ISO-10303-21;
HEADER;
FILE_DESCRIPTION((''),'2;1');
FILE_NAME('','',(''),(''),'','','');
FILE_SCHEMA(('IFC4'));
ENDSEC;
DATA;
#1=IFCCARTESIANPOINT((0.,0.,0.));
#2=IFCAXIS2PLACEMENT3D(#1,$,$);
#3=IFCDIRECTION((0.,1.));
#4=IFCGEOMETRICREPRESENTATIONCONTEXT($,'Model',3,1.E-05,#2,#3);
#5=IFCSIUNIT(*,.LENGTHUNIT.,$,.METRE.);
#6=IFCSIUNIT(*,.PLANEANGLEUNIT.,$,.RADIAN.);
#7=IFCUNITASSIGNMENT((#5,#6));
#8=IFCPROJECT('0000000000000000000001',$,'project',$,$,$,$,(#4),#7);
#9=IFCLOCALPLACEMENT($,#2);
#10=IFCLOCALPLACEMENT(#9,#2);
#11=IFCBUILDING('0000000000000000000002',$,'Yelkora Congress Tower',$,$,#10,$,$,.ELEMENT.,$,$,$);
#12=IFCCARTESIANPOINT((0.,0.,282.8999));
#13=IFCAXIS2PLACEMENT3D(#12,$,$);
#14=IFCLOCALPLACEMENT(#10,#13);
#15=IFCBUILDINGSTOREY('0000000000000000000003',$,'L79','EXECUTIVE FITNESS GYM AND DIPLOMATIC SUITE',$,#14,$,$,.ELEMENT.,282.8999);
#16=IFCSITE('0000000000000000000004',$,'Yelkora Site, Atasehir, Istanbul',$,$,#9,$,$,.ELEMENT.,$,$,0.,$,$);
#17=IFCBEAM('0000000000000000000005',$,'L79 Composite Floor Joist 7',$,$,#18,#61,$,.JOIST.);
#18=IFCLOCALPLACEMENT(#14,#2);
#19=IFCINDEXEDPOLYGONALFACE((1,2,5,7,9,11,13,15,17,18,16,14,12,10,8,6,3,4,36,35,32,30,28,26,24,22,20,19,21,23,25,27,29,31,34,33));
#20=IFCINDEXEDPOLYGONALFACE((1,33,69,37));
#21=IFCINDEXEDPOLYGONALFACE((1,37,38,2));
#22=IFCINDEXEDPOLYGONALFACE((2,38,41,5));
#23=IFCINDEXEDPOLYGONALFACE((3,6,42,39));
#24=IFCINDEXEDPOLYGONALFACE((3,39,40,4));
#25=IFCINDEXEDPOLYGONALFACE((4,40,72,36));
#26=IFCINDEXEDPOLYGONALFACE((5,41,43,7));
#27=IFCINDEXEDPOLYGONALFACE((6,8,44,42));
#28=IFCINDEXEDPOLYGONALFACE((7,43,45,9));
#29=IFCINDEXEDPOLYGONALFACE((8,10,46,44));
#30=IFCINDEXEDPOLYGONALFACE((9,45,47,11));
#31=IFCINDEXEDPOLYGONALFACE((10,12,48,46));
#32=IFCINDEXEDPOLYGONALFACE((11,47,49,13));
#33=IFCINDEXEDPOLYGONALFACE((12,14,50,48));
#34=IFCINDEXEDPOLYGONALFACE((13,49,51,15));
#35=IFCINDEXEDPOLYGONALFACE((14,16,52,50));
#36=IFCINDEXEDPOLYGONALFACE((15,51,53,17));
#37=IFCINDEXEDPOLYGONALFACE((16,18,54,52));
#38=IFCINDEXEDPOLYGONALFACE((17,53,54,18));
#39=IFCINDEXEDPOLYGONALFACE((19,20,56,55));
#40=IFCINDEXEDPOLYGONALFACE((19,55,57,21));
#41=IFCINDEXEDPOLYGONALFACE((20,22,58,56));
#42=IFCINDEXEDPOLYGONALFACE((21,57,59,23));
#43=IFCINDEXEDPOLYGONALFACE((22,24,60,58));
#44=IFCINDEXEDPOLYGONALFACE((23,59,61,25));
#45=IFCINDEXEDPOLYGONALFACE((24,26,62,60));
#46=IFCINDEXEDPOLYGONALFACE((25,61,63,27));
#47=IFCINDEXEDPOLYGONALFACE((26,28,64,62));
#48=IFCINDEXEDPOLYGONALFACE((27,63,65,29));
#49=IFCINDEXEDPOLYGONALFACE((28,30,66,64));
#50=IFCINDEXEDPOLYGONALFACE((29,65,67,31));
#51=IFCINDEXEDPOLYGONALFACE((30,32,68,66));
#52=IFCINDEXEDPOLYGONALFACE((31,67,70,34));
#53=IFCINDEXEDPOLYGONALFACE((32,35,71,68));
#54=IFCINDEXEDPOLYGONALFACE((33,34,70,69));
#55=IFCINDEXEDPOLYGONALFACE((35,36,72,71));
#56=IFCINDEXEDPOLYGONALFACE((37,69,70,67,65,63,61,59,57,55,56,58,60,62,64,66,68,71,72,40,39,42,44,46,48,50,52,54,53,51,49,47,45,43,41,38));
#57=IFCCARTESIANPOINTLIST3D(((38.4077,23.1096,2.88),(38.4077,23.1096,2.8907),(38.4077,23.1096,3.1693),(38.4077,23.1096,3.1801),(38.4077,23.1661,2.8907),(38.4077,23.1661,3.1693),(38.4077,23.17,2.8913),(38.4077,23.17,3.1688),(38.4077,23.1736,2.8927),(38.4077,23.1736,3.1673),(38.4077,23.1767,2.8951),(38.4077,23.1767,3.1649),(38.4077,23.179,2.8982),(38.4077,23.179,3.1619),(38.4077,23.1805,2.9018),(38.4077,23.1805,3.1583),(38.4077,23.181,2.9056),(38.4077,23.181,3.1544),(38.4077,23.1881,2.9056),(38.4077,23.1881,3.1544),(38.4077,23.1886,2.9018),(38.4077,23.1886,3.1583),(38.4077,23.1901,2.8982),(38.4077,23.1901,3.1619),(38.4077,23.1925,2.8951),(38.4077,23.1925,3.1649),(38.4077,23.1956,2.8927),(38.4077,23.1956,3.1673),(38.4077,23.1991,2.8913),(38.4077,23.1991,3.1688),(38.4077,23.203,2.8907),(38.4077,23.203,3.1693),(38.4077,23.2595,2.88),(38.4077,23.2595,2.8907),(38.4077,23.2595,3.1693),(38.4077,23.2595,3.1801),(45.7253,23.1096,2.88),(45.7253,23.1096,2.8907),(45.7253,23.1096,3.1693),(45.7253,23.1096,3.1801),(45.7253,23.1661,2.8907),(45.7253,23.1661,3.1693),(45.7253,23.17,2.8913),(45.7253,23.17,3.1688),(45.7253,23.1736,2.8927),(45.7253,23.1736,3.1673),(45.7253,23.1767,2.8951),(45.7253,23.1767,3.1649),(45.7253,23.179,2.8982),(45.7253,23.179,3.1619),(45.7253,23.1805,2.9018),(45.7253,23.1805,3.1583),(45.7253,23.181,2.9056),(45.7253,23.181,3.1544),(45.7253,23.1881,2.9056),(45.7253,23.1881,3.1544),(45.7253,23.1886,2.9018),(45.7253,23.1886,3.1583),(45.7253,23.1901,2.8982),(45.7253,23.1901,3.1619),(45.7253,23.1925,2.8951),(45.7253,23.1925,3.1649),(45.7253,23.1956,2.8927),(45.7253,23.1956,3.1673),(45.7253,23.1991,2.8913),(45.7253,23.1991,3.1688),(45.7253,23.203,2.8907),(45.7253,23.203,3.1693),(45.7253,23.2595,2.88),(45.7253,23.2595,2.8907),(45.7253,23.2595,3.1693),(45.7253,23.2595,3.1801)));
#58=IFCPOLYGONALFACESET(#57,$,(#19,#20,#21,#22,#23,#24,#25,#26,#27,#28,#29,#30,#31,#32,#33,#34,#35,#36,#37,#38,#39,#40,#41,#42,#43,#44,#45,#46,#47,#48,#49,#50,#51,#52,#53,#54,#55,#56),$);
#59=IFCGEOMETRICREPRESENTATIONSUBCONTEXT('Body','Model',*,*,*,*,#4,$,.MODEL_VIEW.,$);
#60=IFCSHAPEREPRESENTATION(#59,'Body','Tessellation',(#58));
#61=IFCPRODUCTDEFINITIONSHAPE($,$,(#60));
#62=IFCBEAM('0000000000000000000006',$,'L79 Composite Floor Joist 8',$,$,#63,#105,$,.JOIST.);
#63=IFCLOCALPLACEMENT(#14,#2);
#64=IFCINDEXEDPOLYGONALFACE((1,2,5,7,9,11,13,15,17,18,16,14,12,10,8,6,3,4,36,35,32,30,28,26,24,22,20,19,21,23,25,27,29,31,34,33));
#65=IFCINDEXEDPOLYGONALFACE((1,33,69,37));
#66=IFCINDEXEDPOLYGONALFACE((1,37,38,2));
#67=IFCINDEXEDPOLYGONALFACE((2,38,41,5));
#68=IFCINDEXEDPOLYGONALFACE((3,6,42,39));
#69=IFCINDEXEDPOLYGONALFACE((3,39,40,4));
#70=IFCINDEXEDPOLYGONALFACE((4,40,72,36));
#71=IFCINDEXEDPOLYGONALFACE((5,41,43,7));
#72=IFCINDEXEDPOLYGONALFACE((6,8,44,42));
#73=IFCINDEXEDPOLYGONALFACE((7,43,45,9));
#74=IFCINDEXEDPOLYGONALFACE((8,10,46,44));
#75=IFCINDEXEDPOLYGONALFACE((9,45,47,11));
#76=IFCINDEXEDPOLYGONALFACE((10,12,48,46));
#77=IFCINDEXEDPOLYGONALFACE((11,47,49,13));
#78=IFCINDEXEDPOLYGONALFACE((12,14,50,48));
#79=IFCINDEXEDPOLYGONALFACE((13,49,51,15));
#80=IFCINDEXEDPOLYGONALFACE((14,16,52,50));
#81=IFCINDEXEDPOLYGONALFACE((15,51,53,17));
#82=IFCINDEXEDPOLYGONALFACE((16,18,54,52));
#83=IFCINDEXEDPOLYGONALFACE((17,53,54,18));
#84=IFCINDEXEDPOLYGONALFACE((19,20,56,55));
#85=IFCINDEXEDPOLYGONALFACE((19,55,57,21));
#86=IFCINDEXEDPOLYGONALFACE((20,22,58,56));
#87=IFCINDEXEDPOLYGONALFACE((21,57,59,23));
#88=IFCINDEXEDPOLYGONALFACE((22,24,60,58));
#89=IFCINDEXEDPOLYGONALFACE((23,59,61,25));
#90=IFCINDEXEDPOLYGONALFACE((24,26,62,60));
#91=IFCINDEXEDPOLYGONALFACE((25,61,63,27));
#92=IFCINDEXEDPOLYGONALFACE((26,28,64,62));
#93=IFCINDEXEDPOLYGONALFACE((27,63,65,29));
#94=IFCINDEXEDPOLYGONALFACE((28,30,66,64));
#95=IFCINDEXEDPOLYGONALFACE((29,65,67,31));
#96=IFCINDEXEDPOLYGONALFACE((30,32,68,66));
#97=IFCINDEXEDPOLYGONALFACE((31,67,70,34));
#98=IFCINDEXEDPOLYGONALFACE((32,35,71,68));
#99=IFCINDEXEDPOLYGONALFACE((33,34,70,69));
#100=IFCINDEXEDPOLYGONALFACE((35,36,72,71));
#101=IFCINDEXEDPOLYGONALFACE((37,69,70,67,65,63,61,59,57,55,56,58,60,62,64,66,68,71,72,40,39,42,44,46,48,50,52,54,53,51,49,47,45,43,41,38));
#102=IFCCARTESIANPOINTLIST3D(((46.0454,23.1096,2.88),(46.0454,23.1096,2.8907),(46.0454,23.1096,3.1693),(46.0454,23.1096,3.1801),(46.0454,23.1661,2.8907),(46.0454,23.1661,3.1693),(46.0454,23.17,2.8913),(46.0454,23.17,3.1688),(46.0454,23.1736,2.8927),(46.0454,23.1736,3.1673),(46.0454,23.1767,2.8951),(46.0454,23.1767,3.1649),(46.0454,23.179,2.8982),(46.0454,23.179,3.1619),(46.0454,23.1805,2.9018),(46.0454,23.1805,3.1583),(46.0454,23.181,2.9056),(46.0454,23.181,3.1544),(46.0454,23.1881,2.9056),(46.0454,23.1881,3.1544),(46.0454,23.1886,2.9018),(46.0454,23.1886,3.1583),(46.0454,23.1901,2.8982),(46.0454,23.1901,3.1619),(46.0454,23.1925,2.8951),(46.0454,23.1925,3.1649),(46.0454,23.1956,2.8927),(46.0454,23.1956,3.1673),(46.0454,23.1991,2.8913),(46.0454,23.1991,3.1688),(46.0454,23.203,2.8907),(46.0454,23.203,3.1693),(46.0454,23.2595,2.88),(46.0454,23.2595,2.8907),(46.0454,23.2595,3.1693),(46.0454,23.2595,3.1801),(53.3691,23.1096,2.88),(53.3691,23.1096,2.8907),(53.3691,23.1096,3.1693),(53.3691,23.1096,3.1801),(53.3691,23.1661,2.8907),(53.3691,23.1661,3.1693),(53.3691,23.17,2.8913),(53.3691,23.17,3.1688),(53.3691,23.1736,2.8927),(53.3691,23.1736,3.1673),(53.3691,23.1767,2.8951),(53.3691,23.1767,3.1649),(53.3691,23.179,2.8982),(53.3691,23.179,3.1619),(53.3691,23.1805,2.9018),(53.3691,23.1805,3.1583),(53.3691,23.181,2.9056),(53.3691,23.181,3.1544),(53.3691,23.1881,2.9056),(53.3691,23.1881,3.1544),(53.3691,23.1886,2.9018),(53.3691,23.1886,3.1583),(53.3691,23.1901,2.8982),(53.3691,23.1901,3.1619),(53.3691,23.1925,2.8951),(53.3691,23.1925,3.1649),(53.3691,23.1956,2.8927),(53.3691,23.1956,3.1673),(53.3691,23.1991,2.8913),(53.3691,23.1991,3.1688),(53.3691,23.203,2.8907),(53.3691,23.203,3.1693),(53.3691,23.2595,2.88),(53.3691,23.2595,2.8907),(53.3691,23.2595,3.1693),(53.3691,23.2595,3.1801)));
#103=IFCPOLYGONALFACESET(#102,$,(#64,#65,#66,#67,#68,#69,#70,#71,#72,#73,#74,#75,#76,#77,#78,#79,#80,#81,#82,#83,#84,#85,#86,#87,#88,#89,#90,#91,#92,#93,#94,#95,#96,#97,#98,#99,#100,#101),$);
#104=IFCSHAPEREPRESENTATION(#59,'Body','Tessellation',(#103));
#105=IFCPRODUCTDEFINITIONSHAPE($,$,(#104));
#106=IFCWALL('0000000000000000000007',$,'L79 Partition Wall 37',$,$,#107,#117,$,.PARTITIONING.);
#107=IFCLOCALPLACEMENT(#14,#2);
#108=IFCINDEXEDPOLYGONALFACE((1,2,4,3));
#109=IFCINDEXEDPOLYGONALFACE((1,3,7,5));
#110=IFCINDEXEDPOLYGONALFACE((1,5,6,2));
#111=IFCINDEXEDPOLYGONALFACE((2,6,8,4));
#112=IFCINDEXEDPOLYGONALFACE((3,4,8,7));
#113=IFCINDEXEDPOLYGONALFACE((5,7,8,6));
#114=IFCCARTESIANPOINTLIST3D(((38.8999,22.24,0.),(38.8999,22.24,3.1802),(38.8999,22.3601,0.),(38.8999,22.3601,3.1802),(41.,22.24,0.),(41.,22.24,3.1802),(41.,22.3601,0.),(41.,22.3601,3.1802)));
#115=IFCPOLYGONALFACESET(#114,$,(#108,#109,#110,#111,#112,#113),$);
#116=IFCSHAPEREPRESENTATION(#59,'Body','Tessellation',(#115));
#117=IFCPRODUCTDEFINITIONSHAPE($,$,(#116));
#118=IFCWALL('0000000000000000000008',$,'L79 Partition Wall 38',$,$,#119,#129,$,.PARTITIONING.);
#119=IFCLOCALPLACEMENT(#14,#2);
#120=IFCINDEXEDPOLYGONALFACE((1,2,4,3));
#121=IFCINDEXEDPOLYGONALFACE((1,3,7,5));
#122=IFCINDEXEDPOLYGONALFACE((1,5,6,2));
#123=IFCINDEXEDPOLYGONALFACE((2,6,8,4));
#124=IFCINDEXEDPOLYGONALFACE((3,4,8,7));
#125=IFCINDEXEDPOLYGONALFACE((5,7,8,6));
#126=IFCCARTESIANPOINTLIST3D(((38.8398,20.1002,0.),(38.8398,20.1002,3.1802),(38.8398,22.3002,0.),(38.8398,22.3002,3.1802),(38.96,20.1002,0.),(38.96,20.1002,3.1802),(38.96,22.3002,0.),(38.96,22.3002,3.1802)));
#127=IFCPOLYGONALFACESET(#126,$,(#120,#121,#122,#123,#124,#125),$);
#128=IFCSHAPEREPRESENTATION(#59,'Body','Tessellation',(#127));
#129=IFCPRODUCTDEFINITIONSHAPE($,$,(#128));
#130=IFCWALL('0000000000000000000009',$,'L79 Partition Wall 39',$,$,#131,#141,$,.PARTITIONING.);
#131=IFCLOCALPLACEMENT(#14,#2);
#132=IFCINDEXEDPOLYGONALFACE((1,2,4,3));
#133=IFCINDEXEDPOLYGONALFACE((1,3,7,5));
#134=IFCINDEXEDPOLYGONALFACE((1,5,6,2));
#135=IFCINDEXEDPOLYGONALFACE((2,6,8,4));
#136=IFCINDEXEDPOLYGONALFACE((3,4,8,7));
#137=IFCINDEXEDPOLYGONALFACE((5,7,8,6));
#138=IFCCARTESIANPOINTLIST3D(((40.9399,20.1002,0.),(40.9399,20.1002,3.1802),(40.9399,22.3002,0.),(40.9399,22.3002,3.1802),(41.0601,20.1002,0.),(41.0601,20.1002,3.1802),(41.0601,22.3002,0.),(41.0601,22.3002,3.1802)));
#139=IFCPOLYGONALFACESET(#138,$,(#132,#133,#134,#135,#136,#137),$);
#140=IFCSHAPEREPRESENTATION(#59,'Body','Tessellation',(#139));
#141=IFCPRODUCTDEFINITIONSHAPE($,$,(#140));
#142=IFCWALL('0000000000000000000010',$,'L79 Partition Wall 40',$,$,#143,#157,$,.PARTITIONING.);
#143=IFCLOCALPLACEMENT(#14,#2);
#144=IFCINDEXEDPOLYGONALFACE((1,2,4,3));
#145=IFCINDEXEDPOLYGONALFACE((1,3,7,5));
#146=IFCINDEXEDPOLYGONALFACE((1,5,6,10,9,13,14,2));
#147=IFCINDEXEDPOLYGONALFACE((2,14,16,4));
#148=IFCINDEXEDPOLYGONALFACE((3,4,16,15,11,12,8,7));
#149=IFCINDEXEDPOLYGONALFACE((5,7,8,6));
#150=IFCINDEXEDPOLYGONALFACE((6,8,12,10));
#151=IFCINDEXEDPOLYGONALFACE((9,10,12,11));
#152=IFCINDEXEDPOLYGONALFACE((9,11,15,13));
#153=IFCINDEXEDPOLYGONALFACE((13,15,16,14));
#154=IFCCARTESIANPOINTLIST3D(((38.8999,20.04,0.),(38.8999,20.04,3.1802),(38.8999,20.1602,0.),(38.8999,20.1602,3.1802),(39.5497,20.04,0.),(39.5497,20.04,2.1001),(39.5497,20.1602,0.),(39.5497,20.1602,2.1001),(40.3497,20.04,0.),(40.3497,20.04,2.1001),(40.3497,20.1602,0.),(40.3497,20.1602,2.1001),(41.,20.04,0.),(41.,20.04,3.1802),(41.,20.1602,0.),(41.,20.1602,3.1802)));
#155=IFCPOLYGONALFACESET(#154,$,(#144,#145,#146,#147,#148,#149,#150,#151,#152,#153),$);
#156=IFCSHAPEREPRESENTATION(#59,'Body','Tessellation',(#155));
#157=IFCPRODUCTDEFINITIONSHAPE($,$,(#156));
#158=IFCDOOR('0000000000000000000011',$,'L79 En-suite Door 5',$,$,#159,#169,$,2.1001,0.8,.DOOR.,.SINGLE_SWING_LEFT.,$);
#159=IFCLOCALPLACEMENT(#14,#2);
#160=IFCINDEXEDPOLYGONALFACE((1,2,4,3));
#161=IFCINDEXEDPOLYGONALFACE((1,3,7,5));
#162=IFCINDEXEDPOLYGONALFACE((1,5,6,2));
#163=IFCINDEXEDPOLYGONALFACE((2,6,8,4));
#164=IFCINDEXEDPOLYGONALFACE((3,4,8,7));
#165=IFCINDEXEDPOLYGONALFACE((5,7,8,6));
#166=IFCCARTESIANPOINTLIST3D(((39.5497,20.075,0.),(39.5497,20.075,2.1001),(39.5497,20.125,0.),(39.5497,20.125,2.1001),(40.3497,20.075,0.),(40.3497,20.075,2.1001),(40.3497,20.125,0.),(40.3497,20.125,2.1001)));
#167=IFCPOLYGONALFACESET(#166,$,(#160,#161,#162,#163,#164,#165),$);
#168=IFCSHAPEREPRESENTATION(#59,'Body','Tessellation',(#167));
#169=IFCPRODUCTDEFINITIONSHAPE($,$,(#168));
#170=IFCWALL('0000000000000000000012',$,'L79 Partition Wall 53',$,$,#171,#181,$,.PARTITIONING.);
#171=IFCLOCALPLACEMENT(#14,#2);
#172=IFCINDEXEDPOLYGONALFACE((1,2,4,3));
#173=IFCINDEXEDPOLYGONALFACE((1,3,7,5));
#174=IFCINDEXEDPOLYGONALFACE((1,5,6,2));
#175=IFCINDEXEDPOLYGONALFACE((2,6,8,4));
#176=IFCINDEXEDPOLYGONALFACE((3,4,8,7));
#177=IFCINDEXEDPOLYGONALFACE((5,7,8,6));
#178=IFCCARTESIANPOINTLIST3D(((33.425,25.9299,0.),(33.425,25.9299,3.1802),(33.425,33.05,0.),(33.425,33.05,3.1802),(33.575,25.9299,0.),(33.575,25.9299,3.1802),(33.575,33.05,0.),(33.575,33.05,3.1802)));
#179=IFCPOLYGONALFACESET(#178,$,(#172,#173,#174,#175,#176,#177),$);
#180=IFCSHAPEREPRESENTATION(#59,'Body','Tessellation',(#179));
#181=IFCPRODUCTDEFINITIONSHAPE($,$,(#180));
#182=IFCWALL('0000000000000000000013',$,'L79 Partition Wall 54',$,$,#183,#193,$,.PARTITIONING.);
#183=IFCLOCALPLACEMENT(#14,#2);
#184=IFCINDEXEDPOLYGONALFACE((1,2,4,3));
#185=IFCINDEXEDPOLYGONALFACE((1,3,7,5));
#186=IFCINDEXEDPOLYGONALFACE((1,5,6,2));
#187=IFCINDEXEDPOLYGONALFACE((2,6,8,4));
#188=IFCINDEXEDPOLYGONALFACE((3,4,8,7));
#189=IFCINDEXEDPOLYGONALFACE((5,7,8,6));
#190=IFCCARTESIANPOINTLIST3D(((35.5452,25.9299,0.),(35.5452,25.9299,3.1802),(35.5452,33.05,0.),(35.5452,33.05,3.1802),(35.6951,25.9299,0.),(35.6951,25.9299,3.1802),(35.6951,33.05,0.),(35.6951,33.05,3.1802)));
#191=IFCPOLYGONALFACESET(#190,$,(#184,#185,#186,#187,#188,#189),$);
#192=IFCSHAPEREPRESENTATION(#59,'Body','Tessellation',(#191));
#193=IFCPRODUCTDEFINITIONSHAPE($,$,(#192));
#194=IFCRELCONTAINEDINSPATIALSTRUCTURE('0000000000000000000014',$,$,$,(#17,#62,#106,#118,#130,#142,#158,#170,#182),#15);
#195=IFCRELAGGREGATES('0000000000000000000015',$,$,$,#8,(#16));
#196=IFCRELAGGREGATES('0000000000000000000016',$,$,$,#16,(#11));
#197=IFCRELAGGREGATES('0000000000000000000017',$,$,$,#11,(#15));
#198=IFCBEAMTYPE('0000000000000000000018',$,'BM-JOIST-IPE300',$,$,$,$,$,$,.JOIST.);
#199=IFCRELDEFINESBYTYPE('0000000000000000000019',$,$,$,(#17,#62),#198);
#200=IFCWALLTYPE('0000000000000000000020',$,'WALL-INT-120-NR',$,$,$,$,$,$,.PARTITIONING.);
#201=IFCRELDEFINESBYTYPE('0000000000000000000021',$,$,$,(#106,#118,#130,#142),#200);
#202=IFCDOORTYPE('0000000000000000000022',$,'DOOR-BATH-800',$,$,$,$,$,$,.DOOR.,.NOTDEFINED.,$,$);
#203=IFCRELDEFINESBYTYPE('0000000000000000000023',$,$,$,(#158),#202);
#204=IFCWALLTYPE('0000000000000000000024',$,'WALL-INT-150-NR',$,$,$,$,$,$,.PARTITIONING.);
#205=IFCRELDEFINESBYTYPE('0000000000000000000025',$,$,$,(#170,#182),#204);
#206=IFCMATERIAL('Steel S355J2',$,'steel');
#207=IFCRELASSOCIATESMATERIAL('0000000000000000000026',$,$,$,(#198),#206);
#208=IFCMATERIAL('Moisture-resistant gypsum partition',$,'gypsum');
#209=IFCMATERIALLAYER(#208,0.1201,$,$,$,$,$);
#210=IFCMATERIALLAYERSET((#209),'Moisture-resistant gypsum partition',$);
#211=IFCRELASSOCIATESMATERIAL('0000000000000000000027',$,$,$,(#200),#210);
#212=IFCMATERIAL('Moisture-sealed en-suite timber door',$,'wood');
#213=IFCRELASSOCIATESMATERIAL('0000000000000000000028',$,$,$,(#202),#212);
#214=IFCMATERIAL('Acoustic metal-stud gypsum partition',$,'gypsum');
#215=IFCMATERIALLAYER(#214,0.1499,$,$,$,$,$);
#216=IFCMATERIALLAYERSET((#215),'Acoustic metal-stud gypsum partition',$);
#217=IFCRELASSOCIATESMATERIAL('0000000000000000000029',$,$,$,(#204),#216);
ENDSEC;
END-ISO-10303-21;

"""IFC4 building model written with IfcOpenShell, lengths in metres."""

from ifc_helpers import new_model, si_unit, direction, frame, frame_2d, origin, origin_2d, place, context, subcontext, project, spatial, rectangle, i_section, extrude, material, layer, layer_set, material_profile, profile_set, type_object, element, fill, save


model = new_model("IFC4")

# Units and contexts
model_context = context("Model", 3, precision=1e-05, world=origin(), true_north=direction((0.0, 1.0)))
body_context = subcontext(model_context, "Body", "Model", "MODEL_VIEW")
ifc_project = project(units=[si_unit("LENGTHUNIT", "METRE"), si_unit("PLANEANGLEUNIT", "RADIAN")], contexts=[model_context])

# Site, building, storey
site_placement = place(None, origin())
site = spatial("IfcSite", under=ifc_project, at=site_placement, Name="Yelkora Site, Atasehir, Istanbul", CompositionType="ELEMENT", RefElevation=0.0)
building_placement = place(site_placement, origin())
building = spatial("IfcBuilding", under=site, at=building_placement, Name="Yelkora Congress Tower", CompositionType="ELEMENT")
storey_placement = place(building_placement, frame((0.0, 0.0, 282.8999)))
storey = spatial("IfcBuildingStorey", under=building, at=storey_placement, Name="L79", Description="EXECUTIVE FITNESS GYM AND DIPLOMATIC SUITE", CompositionType="ELEMENT", Elevation=282.8999)

# Beams
ifc_material_1 = material(Name="Steel S355J2", Category="steel")
ifc_material_profile_1 = material_profile(ifc_material_1, i_section(OverallWidth=0.1499, OverallDepth=0.3, WebThickness=0.0071, FlangeThickness=0.0107, FilletRadius=0.0149, at=origin_2d()), Name="IPE 300")
ifc_profile_set_1 = profile_set([ifc_material_profile_1], Name="Steel S355J2")
beam_type_1 = type_object("IfcBeamType", Name="BM-JOIST-IPE300", PredefinedType="JOIST", material=ifc_profile_set_1)
beam_1_placement = place(storey_placement, frame((38.4077, 23.1846, 3.03), z_axis=(1.0, 0.0, 0.0), x_axis=(0.0, 1.0, 0.0)))
element("IfcBeam", 1, at=beam_1_placement, inside=storey, type_object=beam_type_1, Name="L79 Composite Floor Joist 7", PredefinedType="JOIST", context=body_context, shape_type="SweptSolid", body=[
    extrude(i_section(OverallWidth=0.1499, OverallDepth=0.3, WebThickness=0.0071, FlangeThickness=0.0107, FilletRadius=0.0149, at=origin_2d()), origin(), (0.0, 0.0, 1.0), 7.3176),
])
beam_2_placement = place(storey_placement, frame((46.0454, 23.1846, 3.03), z_axis=(1.0, 0.0, 0.0), x_axis=(0.0, 1.0, 0.0)))
element("IfcBeam", 2, at=beam_2_placement, inside=storey, type_object=beam_type_1, Name="L79 Composite Floor Joist 8", PredefinedType="JOIST", context=body_context, shape_type="SweptSolid", body=[
    extrude(i_section(OverallWidth=0.1499, OverallDepth=0.3, WebThickness=0.0071, FlangeThickness=0.0107, FilletRadius=0.0149, at=origin_2d()), origin(), (0.0, 0.0, 1.0), 7.3237),
])

# Walls
ifc_material_2 = material(Name="Moisture-resistant gypsum partition", Category="gypsum")
ifc_layer_1 = layer(ifc_material_2, 0.1201)
ifc_layer_set_1 = layer_set([ifc_layer_1], Name="Moisture-resistant gypsum partition")
wall_type_1 = type_object("IfcWallType", Name="WALL-INT-120-NR", PredefinedType="PARTITIONING", material=ifc_layer_set_1)
wall_1_placement = place(storey_placement, frame((38.8999, 22.3, 0.0), z_axis=(0.0, 0.0, 1.0), x_axis=(1.0, 0.0, 0.0)))
element("IfcWall", 3, at=wall_1_placement, inside=storey, type_object=wall_type_1, Name="L79 Partition Wall 37", PredefinedType="PARTITIONING", context=body_context, shape_type="SweptSolid", body=[
    extrude(rectangle(XDim=2.1001, YDim=0.1201, at=frame_2d((1.05, 0.0))), origin(), (0.0, 0.0, 1.0), 3.1802),
])
for number, where, z_axis, x_axis, name in (
    (4, (38.8999, 20.1001, 0.0), (0.0, 0.0, 1.0), (0.0, 1.0, 0.0), "L79 Partition Wall 38"),
    (5, (41.0, 20.1001, 0.0), (0.0, 0.0, 1.0), (0.0, 1.0, 0.0), "L79 Partition Wall 39"),
):
    element("IfcWall", number, at=place(storey_placement, frame(where, z_axis=z_axis, x_axis=x_axis)), inside=storey, type_object=wall_type_1, Name=name, PredefinedType="PARTITIONING", context=body_context, shape_type="SweptSolid", body=[
        extrude(rectangle(XDim=2.2, YDim=0.1201, at=frame_2d((1.1001, 0.0))), origin(), (0.0, 0.0, 1.0), 3.1802),
    ])

# Wall, opening, door
wall_2_placement = place(storey_placement, frame((38.8999, 20.1001, 0.0), z_axis=(0.0, 0.0, 1.0), x_axis=(1.0, 0.0, 0.0)))
wall_2 = element("IfcWall", 6, at=wall_2_placement, inside=storey, type_object=wall_type_1, Name="L79 Partition Wall 40", PredefinedType="PARTITIONING", context=body_context, shape_type="SweptSolid", body=[
    extrude(rectangle(XDim=2.1001, YDim=0.1201, at=frame_2d((1.05, 0.0))), origin(), (0.0, 0.0, 1.0), 3.1802),
])
opening_1_placement = place(wall_2_placement, frame((0.6499, 0.0, 0.0)))
opening_1 = element("IfcOpeningElement", 7, at=opening_1_placement, cuts=wall_2, PredefinedType="OPENING", context=body_context, shape_type="SweptSolid", body=[
    extrude(rectangle(XDim=0.8, YDim=2.1001, at=frame_2d((0.3999, 1.05))), frame((0.0, 0.0701, 0.0), z_axis=(0.0, -1.0, 0.0), x_axis=(1.0, 0.0, 0.0)), (0.0, 0.0, 1.0), 0.1401),
])
ifc_material_3 = material(Name="Moisture-sealed en-suite timber door", Category="wood")
door_type_1 = type_object("IfcDoorType", Name="DOOR-BATH-800", OperationType="NOTDEFINED", PredefinedType="DOOR", material=ifc_material_3)
door_1_placement = place(opening_1_placement, origin())
door_1 = element("IfcDoor", 8, at=door_1_placement, inside=storey, type_object=door_type_1, Name="L79 En-suite Door 5", OperationType="SINGLE_SWING_LEFT", OverallHeight=2.1001, OverallWidth=0.8, PredefinedType="DOOR", context=body_context, shape_type="SweptSolid", body=[
    extrude(rectangle(XDim=0.8, YDim=2.1001, at=frame_2d((0.3999, 1.05))), frame((0.0, 0.0249, 0.0), z_axis=(0.0, -1.0, 0.0), x_axis=(1.0, 0.0, 0.0)), (0.0, 0.0, 1.0), 0.05),
])
fill(opening_1, door_1)

# Walls
ifc_material_4 = material(Name="Acoustic metal-stud gypsum partition", Category="gypsum")
ifc_layer_2 = layer(ifc_material_4, 0.1499)
ifc_layer_set_2 = layer_set([ifc_layer_2], Name="Acoustic metal-stud gypsum partition")
wall_type_2 = type_object("IfcWallType", Name="WALL-INT-150-NR", PredefinedType="PARTITIONING", material=ifc_layer_set_2)
for number, where, z_axis, x_axis, name in (
    (9, (33.5, 25.9299, 0.0), (0.0, 0.0, 1.0), (0.0, 1.0, 0.0), "L79 Partition Wall 53"),
    (10, (35.6201, 25.9299, 0.0), (0.0, 0.0, 1.0), (0.0, 1.0, 0.0), "L79 Partition Wall 54"),
):
    element("IfcWall", number, at=place(storey_placement, frame(where, z_axis=z_axis, x_axis=x_axis)), inside=storey, type_object=wall_type_2, Name=name, PredefinedType="PARTITIONING", context=body_context, shape_type="SweptSolid", body=[
        extrude(rectangle(XDim=7.1201, YDim=0.1499, at=frame_2d((3.5601, 0.0))), origin(), (0.0, 0.0, 1.0), 3.1802),
    ])

save(model, "model.ifc")
